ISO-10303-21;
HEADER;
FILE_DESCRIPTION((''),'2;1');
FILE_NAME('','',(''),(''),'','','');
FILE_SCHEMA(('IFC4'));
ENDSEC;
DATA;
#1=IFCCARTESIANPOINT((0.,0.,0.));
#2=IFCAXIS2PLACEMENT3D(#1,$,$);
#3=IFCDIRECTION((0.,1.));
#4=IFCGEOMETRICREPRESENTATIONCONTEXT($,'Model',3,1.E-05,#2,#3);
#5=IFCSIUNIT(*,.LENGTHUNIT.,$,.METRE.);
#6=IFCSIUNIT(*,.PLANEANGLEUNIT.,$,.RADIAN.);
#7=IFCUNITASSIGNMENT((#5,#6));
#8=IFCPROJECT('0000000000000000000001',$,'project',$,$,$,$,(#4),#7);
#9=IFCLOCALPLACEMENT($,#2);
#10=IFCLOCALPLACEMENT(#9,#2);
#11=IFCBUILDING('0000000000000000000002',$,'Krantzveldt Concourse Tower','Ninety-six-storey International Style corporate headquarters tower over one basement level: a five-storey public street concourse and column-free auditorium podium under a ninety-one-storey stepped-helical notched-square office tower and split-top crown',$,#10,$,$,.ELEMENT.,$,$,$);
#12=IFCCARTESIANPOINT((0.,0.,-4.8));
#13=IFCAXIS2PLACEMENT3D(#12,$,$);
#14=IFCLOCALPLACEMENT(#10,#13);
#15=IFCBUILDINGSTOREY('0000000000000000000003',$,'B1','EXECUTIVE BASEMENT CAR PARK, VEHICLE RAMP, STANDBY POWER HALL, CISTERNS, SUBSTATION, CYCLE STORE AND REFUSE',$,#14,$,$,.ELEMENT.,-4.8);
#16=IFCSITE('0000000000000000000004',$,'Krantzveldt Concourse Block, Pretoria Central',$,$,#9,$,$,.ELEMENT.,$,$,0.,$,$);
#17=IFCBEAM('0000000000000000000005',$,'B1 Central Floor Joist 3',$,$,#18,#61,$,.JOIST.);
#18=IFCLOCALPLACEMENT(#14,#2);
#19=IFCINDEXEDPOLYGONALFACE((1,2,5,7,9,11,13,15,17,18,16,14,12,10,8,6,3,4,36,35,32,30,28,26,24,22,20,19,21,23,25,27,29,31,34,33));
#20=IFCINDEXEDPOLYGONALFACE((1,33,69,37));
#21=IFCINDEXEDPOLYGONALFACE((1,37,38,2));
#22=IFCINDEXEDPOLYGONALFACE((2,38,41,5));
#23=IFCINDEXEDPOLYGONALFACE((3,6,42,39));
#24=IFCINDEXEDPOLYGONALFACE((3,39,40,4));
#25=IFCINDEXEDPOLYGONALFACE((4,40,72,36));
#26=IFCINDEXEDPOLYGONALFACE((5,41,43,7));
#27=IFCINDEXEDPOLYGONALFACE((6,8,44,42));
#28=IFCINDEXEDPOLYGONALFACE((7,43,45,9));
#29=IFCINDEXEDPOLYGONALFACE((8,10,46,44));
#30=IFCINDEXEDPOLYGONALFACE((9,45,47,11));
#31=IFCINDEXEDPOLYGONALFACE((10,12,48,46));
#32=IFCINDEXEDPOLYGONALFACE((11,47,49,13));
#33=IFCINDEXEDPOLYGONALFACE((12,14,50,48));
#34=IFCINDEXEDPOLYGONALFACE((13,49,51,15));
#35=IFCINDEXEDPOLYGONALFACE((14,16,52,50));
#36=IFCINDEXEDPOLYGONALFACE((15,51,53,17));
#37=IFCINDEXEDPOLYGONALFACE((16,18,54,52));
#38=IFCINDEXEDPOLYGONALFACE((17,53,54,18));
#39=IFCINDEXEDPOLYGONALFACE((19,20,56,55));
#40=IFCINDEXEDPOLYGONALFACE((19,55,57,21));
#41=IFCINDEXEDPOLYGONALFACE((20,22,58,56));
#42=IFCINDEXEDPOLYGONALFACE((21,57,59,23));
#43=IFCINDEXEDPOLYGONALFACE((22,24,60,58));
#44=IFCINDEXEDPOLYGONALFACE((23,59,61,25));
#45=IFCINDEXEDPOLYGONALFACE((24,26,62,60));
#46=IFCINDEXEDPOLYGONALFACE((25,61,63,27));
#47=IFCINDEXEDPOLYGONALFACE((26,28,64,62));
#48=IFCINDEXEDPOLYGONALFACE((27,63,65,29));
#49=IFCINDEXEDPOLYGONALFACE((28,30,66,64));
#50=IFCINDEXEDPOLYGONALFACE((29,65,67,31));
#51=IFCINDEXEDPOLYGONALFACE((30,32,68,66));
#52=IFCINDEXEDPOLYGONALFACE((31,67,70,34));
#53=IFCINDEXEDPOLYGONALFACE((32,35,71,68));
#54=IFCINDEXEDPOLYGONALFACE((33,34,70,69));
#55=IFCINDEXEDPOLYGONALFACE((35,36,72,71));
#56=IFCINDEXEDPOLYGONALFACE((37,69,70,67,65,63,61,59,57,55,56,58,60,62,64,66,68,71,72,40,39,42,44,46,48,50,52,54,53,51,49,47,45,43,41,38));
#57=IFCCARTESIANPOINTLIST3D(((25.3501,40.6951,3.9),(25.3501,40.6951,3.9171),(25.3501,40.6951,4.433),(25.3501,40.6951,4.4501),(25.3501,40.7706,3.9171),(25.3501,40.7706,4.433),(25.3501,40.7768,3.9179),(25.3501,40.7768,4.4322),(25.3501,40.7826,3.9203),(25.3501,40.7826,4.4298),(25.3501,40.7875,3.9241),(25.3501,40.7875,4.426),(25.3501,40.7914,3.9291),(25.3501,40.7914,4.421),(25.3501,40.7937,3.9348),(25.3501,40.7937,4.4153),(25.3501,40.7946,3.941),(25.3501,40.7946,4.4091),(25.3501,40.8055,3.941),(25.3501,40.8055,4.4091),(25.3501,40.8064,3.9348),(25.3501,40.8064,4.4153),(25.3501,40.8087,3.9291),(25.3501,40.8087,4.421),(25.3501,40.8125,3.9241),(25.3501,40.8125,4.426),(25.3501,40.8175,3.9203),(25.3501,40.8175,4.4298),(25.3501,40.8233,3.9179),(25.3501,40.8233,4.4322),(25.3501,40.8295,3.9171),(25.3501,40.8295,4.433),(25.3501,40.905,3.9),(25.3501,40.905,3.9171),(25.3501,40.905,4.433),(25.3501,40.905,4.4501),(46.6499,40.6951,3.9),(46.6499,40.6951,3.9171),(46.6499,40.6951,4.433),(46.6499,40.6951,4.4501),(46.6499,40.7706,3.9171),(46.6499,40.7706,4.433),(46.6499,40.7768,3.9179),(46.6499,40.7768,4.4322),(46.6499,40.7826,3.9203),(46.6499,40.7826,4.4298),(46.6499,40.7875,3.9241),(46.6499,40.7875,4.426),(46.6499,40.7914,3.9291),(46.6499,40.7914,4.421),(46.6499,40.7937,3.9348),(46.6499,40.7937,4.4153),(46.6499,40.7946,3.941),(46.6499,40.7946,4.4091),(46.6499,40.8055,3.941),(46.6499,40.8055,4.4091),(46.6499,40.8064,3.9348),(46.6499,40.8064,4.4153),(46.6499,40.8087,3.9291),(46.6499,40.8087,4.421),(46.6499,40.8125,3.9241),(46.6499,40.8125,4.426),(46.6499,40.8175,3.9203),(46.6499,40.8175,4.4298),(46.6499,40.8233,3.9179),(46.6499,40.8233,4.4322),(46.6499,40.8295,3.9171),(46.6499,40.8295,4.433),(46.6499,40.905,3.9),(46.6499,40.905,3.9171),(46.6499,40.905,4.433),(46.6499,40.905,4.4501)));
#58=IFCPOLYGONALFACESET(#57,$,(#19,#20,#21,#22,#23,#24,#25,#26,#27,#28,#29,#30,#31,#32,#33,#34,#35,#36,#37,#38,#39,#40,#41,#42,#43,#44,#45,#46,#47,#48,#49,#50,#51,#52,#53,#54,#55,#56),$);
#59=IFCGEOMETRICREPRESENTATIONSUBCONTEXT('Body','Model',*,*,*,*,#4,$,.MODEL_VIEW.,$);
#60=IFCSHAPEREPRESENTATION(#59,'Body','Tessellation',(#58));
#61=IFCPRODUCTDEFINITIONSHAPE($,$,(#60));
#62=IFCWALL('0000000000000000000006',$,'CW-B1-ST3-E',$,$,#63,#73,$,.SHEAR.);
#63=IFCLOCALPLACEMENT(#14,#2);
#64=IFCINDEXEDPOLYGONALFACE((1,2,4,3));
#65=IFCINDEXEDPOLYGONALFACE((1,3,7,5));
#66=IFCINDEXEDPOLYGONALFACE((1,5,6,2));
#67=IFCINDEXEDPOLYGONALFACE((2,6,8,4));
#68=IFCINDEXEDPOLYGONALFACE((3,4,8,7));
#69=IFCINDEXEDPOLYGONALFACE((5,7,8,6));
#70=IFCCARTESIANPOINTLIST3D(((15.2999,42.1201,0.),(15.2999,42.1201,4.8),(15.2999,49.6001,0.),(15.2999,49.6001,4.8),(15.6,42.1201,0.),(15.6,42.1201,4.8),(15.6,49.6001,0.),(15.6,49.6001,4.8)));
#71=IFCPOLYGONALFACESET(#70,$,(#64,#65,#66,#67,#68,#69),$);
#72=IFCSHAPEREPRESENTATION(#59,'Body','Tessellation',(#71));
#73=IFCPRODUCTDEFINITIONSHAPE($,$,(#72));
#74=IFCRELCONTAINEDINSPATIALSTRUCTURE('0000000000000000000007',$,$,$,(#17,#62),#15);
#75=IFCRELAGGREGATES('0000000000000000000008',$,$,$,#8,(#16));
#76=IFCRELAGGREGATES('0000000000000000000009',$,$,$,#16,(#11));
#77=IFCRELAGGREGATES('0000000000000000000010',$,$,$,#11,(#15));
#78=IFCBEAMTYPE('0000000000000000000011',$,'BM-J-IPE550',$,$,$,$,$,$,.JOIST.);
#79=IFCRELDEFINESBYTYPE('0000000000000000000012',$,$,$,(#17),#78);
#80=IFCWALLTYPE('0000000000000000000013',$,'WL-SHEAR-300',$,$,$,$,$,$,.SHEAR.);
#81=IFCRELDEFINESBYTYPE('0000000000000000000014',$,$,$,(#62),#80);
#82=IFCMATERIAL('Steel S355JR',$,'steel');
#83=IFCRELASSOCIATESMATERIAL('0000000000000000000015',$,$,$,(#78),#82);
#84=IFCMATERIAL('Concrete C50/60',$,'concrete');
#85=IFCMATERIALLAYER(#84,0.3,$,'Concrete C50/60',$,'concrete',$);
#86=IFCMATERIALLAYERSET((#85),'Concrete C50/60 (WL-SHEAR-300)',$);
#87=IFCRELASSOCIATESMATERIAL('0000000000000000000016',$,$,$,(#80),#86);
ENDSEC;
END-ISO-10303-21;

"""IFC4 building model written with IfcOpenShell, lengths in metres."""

from ifc_helpers import new_model, si_unit, direction, frame, frame_2d, origin, origin_2d, place, context, subcontext, project, spatial, rectangle, i_section, extrude, source, transform, mapped, material, layer, layer_set, material_profile, profile_set, type_object, type_shapes, element, save


model = new_model("IFC4")

# Units and contexts
model_context = context("Model", 3, precision=1e-05, world=origin(), true_north=direction((0.0, 1.0)))
body_context = subcontext(model_context, "Body", "Model", "MODEL_VIEW")
ifc_project = project(units=[si_unit("LENGTHUNIT", "METRE"), si_unit("PLANEANGLEUNIT", "RADIAN")], contexts=[model_context])

# Site, building, storey
site_placement = place(None, origin())
site = spatial("IfcSite", under=ifc_project, at=site_placement, Name="Krantzveldt Concourse Block, Pretoria Central", CompositionType="ELEMENT", RefElevation=0.0)
building_placement = place(site_placement, origin())
building = spatial("IfcBuilding", under=site, at=building_placement, Name="Krantzveldt Concourse Tower", Description="Ninety-six-storey International Style corporate headquarters tower over one basement level: a five-storey public street concourse and column-free auditorium podium under a ninety-one-storey stepped-helical notched-square office tower and split-top crown", CompositionType="ELEMENT")
storey_placement = place(building_placement, frame((0.0, 0.0, -4.8)))
storey = spatial("IfcBuildingStorey", under=building, at=storey_placement, Name="B1", Description="EXECUTIVE BASEMENT CAR PARK, VEHICLE RAMP, STANDBY POWER HALL, CISTERNS, SUBSTATION, CYCLE STORE AND REFUSE", CompositionType="ELEMENT", Elevation=-4.8)

# Shared definitions
ifc_material_1 = material(Name="Concrete C50/60", Category="concrete")

# Beam
ifc_material_2 = material(Name="Steel S355JR", Category="steel")
ifc_material_profile_1 = material_profile(ifc_material_2, i_section(OverallWidth=0.21, OverallDepth=0.55, WebThickness=0.011, FlangeThickness=0.0171, FilletRadius=0.0239, at=origin_2d()), Name="Steel S355JR", Category="steel")
ifc_profile_set_1 = profile_set([ifc_material_profile_1], Name="Steel S355JR - IPE 550")
beam_type_1 = type_object("IfcBeamType", Name="BM-J-IPE550", PredefinedType="JOIST", material=ifc_profile_set_1)
shared_shape_1 = source(origin(), body_context, "Body", "SweptSolid", [
    extrude(i_section(OverallWidth=0.21, OverallDepth=0.55, WebThickness=0.011, FlangeThickness=0.0171, FilletRadius=0.0239, at=origin_2d()), origin(), (0.0, 0.0, 1.0), 21.2998),
])
type_shapes(beam_type_1, [shared_shape_1])
beam_1_placement = place(storey_placement, frame((25.3501, 40.8, 4.175), z_axis=(1.0, 0.0, 0.0), x_axis=(0.0, 1.0, 0.0)))
element("IfcBeam", 1, at=beam_1_placement, inside=storey, type_object=beam_type_1, Name="B1 Central Floor Joist 3", PredefinedType="JOIST", context=body_context, shape_type="MappedRepresentation", body=[
    mapped(shared_shape_1, transform((0.0, 0.0, 0.0), x_axis=(1.0, 0.0, 0.0), y_axis=(0.0, 1.0, 0.0), z_axis=(0.0, 0.0, 1.0), scale=1.0)),
])

# Shared definitions
ifc_layer_1 = layer(ifc_material_1, 0.3, Name="Concrete C50/60", Category="concrete")
ifc_layer_set_1 = layer_set([ifc_layer_1], Name="Concrete C50/60 (WL-SHEAR-300)")
wall_type = type_object("IfcWallType", Name="WL-SHEAR-300", PredefinedType="SHEAR", material=ifc_layer_set_1)

# Wall
wall_1_placement = place(storey_placement, frame((15.45, 42.1201, 0.0), z_axis=(0.0, 0.0, 1.0), x_axis=(0.0, 1.0, 0.0)))
element("IfcWall", 2, at=wall_1_placement, inside=storey, type_object=wall_type, Name="CW-B1-ST3-E", PredefinedType="SHEAR", context=body_context, shape_type="SweptSolid", body=[
    extrude(rectangle(XDim=7.48, YDim=0.3, at=frame_2d((3.74, 0.0))), origin(), (0.0, 0.0, 1.0), 4.8),
])

save(model, "model.ifc")
